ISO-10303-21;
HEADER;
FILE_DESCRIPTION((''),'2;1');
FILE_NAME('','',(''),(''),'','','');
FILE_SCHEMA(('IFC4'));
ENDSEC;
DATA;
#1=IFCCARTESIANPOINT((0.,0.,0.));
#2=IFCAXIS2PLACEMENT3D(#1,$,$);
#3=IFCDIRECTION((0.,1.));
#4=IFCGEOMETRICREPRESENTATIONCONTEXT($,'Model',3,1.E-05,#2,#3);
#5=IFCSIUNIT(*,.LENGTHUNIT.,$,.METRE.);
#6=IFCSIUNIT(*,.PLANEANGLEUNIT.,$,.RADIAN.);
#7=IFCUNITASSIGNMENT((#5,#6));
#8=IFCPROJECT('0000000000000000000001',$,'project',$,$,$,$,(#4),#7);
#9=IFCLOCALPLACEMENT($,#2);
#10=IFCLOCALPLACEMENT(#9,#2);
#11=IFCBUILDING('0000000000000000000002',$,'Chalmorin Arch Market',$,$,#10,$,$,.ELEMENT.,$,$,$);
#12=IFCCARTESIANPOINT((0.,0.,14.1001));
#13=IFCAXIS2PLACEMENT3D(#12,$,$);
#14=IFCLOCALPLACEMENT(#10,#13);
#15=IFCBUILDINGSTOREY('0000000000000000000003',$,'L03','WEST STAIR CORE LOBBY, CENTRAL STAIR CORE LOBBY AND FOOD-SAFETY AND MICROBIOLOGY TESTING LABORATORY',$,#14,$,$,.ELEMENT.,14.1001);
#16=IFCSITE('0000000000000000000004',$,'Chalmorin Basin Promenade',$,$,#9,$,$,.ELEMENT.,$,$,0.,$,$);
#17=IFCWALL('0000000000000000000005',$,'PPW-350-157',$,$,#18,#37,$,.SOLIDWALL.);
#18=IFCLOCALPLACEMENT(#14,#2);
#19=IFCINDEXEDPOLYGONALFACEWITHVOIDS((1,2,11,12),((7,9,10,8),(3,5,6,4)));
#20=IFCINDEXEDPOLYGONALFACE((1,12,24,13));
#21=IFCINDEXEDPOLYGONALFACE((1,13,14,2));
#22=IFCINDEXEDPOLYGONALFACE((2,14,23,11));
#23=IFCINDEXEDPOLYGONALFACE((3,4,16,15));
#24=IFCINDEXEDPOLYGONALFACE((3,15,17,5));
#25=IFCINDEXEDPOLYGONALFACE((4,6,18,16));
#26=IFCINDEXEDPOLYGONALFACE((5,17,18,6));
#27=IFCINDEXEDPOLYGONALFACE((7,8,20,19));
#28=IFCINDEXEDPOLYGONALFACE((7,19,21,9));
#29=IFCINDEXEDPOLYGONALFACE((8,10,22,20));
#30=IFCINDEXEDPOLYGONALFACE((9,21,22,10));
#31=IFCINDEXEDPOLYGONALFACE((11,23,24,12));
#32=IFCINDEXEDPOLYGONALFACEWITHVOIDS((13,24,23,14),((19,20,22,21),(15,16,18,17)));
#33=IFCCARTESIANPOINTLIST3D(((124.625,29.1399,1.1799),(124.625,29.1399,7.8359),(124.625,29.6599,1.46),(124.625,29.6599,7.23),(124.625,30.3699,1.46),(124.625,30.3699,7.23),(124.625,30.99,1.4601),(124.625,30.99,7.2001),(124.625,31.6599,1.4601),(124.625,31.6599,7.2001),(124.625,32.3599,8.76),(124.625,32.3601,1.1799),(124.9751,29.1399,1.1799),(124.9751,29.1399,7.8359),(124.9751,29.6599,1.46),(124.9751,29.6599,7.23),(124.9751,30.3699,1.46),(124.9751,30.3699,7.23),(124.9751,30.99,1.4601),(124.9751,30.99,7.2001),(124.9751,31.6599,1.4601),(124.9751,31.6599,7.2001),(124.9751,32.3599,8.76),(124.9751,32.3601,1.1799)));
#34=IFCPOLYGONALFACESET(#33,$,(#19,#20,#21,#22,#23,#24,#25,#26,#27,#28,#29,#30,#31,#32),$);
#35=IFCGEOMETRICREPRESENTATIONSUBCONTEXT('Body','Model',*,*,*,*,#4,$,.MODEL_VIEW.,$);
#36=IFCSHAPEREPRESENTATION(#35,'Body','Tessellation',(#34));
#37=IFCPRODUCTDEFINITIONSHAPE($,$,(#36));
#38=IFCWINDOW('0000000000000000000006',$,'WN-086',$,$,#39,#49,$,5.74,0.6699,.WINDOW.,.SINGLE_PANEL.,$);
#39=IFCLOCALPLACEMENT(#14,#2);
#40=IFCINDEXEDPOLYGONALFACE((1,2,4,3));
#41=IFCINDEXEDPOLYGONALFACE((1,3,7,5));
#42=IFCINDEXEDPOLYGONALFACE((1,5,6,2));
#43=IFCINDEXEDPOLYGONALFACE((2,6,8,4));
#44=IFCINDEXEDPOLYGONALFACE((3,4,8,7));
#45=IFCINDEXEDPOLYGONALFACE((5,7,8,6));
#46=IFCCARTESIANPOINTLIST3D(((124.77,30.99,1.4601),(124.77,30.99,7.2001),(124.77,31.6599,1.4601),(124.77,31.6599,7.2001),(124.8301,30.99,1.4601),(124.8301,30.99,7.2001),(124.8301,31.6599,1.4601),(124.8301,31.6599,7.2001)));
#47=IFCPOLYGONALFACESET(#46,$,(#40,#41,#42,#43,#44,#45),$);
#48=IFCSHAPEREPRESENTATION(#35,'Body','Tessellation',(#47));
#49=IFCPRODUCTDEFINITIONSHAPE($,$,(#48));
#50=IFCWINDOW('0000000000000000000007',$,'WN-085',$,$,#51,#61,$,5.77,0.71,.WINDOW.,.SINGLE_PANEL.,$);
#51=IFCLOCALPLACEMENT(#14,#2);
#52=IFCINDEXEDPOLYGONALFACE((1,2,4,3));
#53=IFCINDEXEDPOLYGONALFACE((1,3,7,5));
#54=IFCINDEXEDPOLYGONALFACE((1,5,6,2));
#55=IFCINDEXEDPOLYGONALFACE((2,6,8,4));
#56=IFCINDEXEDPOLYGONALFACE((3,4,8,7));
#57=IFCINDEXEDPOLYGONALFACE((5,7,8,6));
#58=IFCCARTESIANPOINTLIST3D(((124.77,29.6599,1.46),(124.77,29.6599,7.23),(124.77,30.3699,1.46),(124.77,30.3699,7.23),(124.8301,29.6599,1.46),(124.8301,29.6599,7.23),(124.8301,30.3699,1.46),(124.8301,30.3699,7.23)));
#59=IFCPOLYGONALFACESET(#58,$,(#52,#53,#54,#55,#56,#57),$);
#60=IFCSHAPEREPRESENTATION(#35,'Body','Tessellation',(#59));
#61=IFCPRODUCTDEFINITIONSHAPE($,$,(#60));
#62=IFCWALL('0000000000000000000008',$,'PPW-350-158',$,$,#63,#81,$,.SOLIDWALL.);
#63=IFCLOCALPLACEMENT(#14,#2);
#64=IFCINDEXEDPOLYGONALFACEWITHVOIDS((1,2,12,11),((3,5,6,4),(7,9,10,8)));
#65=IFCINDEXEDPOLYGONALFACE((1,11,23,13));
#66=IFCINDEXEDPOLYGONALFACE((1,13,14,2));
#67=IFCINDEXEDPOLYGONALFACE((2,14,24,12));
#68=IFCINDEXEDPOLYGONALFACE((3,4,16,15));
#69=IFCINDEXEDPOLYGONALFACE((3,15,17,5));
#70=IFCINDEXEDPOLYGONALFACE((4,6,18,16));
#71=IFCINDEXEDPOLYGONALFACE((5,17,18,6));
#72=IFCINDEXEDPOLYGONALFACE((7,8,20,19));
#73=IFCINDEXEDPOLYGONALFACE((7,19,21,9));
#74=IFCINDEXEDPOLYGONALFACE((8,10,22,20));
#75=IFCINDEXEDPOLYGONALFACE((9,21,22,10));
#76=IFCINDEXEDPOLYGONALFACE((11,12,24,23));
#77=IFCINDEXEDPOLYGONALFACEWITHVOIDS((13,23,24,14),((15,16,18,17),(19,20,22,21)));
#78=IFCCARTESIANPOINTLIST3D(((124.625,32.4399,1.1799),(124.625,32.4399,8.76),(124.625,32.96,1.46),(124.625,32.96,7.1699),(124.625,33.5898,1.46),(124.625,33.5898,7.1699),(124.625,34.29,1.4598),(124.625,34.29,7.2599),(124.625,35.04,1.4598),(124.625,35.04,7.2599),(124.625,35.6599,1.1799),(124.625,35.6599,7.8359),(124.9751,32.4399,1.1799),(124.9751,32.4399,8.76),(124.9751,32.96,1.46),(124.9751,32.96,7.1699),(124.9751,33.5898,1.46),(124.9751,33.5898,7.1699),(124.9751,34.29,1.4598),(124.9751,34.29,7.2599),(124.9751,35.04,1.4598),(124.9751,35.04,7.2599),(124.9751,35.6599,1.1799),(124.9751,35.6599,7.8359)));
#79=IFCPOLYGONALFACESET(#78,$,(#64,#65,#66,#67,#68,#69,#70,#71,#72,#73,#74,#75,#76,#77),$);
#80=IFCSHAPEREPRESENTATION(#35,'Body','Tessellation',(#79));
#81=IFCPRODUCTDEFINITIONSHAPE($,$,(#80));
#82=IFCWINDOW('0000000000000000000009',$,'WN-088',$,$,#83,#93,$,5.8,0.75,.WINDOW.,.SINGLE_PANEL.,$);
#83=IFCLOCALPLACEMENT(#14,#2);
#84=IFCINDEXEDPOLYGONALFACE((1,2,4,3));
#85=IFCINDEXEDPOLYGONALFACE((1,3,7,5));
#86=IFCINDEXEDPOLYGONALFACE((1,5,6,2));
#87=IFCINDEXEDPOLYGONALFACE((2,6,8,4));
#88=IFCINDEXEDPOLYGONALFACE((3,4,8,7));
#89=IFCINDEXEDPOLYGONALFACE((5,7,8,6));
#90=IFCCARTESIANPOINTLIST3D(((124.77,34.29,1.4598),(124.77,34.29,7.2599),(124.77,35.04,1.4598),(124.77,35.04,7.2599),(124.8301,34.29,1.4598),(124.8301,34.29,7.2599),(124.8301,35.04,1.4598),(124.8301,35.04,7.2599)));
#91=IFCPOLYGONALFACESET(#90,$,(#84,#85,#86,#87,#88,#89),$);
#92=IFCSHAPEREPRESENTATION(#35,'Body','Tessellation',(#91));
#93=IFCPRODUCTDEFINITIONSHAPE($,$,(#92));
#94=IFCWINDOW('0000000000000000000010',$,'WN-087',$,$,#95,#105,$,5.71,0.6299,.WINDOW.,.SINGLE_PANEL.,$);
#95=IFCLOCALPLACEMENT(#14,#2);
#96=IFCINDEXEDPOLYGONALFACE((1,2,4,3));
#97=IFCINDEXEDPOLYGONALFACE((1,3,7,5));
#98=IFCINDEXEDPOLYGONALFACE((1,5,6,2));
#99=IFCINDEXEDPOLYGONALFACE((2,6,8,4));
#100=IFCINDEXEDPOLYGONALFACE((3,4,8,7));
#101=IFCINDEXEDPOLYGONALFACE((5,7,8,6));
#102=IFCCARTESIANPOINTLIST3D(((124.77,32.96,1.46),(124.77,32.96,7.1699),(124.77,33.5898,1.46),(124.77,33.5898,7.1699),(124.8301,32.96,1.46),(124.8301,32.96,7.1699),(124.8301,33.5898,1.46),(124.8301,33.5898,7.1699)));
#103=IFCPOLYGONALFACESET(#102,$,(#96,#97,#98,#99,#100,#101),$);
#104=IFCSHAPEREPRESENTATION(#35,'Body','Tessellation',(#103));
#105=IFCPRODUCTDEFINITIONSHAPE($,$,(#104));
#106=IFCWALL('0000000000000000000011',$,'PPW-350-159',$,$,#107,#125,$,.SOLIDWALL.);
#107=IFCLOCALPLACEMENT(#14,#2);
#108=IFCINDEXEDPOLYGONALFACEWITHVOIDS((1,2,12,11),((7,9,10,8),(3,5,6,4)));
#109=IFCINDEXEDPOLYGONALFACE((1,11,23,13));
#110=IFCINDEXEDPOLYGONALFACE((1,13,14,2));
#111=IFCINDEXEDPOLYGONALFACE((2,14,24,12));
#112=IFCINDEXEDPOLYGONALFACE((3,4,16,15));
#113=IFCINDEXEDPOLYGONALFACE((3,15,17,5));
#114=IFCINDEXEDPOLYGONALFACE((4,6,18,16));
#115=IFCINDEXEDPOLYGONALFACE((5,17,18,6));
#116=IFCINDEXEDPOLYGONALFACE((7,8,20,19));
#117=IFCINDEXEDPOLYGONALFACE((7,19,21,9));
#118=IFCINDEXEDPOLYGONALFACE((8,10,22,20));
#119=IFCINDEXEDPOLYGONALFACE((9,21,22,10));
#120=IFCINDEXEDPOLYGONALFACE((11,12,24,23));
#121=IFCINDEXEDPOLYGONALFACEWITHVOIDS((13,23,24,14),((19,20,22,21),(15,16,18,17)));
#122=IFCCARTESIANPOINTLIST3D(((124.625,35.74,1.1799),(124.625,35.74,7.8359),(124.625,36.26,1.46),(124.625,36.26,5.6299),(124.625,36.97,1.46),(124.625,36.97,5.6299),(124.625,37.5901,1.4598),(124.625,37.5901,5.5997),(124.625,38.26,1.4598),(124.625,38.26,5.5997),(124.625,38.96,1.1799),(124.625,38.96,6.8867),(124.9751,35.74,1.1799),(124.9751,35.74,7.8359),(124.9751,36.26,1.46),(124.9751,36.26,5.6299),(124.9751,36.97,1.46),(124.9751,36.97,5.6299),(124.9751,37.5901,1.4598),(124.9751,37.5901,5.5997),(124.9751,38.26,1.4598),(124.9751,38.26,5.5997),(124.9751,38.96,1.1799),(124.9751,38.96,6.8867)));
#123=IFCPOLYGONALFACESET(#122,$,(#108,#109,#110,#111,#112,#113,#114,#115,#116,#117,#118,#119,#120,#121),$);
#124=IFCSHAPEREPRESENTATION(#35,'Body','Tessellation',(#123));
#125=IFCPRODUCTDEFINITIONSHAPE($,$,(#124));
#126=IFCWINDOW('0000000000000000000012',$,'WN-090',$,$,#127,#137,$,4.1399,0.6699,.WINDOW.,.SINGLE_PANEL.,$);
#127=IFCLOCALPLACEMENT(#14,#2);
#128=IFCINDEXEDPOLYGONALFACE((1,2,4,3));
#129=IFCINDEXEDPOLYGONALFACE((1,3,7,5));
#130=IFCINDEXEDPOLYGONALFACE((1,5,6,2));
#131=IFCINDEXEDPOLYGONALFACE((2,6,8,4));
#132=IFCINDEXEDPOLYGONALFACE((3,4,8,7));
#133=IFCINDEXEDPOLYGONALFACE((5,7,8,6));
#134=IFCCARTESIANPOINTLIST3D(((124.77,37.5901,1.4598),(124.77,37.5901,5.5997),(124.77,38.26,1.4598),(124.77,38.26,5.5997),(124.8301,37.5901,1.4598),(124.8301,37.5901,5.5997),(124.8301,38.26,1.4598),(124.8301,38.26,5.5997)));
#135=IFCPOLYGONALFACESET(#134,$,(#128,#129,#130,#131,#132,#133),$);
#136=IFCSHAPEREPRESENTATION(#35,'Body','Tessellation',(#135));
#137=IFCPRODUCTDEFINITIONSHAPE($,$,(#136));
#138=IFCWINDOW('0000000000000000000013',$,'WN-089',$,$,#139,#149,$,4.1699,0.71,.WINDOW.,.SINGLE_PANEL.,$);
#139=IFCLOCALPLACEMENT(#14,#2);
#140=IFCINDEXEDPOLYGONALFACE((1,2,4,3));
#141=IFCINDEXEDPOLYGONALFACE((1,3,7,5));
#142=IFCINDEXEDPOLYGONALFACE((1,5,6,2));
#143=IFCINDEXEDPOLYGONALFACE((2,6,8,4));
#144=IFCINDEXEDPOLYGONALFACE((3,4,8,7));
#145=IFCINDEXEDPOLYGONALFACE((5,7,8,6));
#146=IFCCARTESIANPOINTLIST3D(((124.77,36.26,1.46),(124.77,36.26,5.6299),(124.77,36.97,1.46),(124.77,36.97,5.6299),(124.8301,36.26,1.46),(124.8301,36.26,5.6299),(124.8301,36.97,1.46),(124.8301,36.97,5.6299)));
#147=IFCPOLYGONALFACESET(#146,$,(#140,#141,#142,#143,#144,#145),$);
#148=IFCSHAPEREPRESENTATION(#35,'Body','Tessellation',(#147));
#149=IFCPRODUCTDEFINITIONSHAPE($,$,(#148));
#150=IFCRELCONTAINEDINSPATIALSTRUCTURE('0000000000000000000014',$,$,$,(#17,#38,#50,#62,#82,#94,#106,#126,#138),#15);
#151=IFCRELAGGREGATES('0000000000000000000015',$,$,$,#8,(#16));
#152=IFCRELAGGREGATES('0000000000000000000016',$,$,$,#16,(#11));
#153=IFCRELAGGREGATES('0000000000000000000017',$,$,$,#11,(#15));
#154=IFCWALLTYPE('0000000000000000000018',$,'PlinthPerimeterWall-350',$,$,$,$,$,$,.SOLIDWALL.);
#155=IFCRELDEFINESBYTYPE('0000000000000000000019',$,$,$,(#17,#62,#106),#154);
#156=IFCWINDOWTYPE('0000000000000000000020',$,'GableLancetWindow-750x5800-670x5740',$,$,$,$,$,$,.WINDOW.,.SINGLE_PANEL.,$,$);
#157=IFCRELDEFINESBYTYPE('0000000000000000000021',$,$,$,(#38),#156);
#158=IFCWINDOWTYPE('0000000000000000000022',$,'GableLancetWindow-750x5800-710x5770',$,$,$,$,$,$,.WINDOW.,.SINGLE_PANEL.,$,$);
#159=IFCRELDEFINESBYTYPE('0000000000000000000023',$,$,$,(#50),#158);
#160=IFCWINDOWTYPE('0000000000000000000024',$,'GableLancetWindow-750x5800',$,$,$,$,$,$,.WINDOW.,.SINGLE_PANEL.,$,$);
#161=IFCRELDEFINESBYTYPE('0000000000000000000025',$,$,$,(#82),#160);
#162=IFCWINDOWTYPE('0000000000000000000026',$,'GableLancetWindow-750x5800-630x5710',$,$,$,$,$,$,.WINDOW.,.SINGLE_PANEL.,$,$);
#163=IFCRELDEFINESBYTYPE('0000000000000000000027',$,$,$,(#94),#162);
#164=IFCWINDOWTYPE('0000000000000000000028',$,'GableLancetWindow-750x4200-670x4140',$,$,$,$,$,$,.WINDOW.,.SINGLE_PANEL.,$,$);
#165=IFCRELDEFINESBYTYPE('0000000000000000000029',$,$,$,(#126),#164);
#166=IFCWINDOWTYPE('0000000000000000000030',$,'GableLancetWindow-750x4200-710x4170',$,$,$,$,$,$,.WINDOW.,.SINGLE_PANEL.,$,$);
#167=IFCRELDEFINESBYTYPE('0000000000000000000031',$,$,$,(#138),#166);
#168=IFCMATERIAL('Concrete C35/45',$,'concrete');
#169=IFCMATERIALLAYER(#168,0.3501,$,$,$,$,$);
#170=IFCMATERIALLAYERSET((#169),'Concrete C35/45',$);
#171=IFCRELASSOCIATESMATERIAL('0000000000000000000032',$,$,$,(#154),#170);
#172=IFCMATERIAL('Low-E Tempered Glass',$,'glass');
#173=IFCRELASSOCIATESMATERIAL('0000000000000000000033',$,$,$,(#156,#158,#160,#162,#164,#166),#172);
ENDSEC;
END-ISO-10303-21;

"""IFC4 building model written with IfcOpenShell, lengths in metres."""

from ifc_helpers import new_model, si_unit, direction, frame, frame_2d, origin, place, context, subcontext, project, spatial, polyline, rectangle, outline, extrude, material, layer, layer_set, type_object, element, fill, save


model = new_model("IFC4")

# Units and contexts
model_context = context("Model", 3, precision=1e-05, world=origin(), true_north=direction((0.0, 1.0)))
body_context = subcontext(model_context, "Body", "Model", "MODEL_VIEW")
ifc_project = project(units=[si_unit("LENGTHUNIT", "METRE"), si_unit("PLANEANGLEUNIT", "RADIAN")], contexts=[model_context])

# Site, building, storey
site_placement = place(None, origin())
site = spatial("IfcSite", under=ifc_project, at=site_placement, Name="Chalmorin Basin Promenade", CompositionType="ELEMENT", RefElevation=0.0)
building_placement = place(site_placement, origin())
building = spatial("IfcBuilding", under=site, at=building_placement, Name="Chalmorin Arch Market", CompositionType="ELEMENT")
storey_placement = place(building_placement, frame((0.0, 0.0, 14.1001)))
storey = spatial("IfcBuildingStorey", under=building, at=storey_placement, Name="L03", Description="WEST STAIR CORE LOBBY, CENTRAL STAIR CORE LOBBY AND FOOD-SAFETY AND MICROBIOLOGY TESTING LABORATORY", CompositionType="ELEMENT", Elevation=14.1001)

# Walls, openings, windows
ifc_material_1 = material(Name="Concrete C35/45", Category="concrete")
ifc_layer_1 = layer(ifc_material_1, 0.3501)
ifc_layer_set_1 = layer_set([ifc_layer_1], Name="Concrete C35/45")
wall_type = type_object("IfcWallType", Name="PlinthPerimeterWall-350", PredefinedType="SOLIDWALL", material=ifc_layer_set_1)
ifc_material_2 = material(Name="Low-E Tempered Glass", Category="glass")
wall_1_placement = place(storey_placement, frame((124.8, 29.1399, 1.1799), z_axis=(0.0, 0.0, 1.0), x_axis=(0.0, 1.0, 0.0)))
wall_1 = element("IfcWall", 1, at=wall_1_placement, inside=storey, type_object=wall_type, Name="PPW-350-157", PredefinedType="SOLIDWALL", context=body_context, shape_type="SweptSolid", body=[
    extrude(outline(polyline([(0.0, 0.0), (3.2202, 0.0), (3.22, 7.5801), (0.0, 6.656), (0.0, 0.0)])), frame((0.0, 0.175, 0.0), z_axis=(0.0, -1.0, 0.0), x_axis=(1.0, 0.0, 0.0)), (0.0, 0.0, 1.0), 0.3501),
])
opening_1_placement = place(wall_1_placement, frame((0.52, 0.0, 0.28)))
opening_1 = element("IfcOpeningElement", 2, at=opening_1_placement, cuts=wall_1, PredefinedType="OPENING", context=body_context, shape_type="SweptSolid", body=[
    extrude(rectangle(XDim=0.71, YDim=5.77, at=frame_2d((0.355, 2.885))), frame((0.0, 0.1851, 0.0), z_axis=(0.0, -1.0, 0.0), x_axis=(1.0, 0.0, 0.0)), (0.0, 0.0, 1.0), 0.3701),
])
opening_2_placement = place(wall_1_placement, frame((1.8501, 0.0, 0.28)))
opening_2 = element("IfcOpeningElement", 3, at=opening_2_placement, cuts=wall_1, PredefinedType="OPENING", context=body_context, shape_type="SweptSolid", body=[
    extrude(rectangle(XDim=0.6699, YDim=5.74, at=frame_2d((0.335, 2.8701))), frame((0.0, 0.1851, 0.0), z_axis=(0.0, -1.0, 0.0), x_axis=(1.0, 0.0, 0.0)), (0.0, 0.0, 1.0), 0.3701),
])
window_type_1 = type_object("IfcWindowType", Name="GableLancetWindow-750x5800-670x5740", PartitioningType="SINGLE_PANEL", PredefinedType="WINDOW", material=ifc_material_2)
window_1_placement = place(opening_2_placement, origin())
window_1 = element("IfcWindow", 4, at=window_1_placement, inside=storey, type_object=window_type_1, Name="WN-086", OverallHeight=5.74, OverallWidth=0.6699, PartitioningType="SINGLE_PANEL", PredefinedType="WINDOW", context=body_context, shape_type="SweptSolid", body=[
    extrude(rectangle(XDim=0.6699, YDim=5.74, at=frame_2d((0.335, 2.8701))), frame((0.0, 0.03, 0.0), z_axis=(0.0, -1.0, 0.0), x_axis=(1.0, 0.0, 0.0)), (0.0, 0.0, 1.0), 0.0601),
])
fill(opening_2, window_1)
window_type_2 = type_object("IfcWindowType", Name="GableLancetWindow-750x5800-710x5770", PartitioningType="SINGLE_PANEL", PredefinedType="WINDOW", material=ifc_material_2)
window_2_placement = place(opening_1_placement, origin())
window_2 = element("IfcWindow", 5, at=window_2_placement, inside=storey, type_object=window_type_2, Name="WN-085", OverallHeight=5.77, OverallWidth=0.71, PartitioningType="SINGLE_PANEL", PredefinedType="WINDOW", context=body_context, shape_type="SweptSolid", body=[
    extrude(rectangle(XDim=0.71, YDim=5.77, at=frame_2d((0.355, 2.885))), frame((0.0, 0.03, 0.0), z_axis=(0.0, -1.0, 0.0), x_axis=(1.0, 0.0, 0.0)), (0.0, 0.0, 1.0), 0.0601),
])
fill(opening_1, window_2)
wall_2_placement = place(storey_placement, frame((124.8, 32.4399, 1.1799), z_axis=(0.0, 0.0, 1.0), x_axis=(0.0, 1.0, 0.0)))
wall_2 = element("IfcWall", 6, at=wall_2_placement, inside=storey, type_object=wall_type, Name="PPW-350-158", PredefinedType="SOLIDWALL", context=body_context, shape_type="SweptSolid", body=[
    extrude(outline(polyline([(0.0, 0.0), (3.22, 0.0), (3.22, 6.656), (0.0, 7.5801), (0.0, 0.0)])), frame((0.0, 0.175, 0.0), z_axis=(0.0, -1.0, 0.0), x_axis=(1.0, 0.0, 0.0)), (0.0, 0.0, 1.0), 0.3501),
])
opening_3_placement = place(wall_2_placement, frame((0.52, 0.0, 0.28)))
opening_3 = element("IfcOpeningElement", 7, at=opening_3_placement, cuts=wall_2, PredefinedType="OPENING", context=body_context, shape_type="SweptSolid", body=[
    extrude(rectangle(XDim=0.6299, YDim=5.71, at=frame_2d((0.3149, 2.855))), frame((0.0, 0.1851, 0.0), z_axis=(0.0, -1.0, 0.0), x_axis=(1.0, 0.0, 0.0)), (0.0, 0.0, 1.0), 0.3701),
])
opening_4_placement = place(wall_2_placement, frame((1.8501, 0.0, 0.28)))
opening_4 = element("IfcOpeningElement", 8, at=opening_4_placement, cuts=wall_2, PredefinedType="OPENING", context=body_context, shape_type="SweptSolid", body=[
    extrude(rectangle(XDim=0.75, YDim=5.8, at=frame_2d((0.375, 2.8999))), frame((0.0, 0.1851, 0.0), z_axis=(0.0, -1.0, 0.0), x_axis=(1.0, 0.0, 0.0)), (0.0, 0.0, 1.0), 0.3701),
])
window_type_3 = type_object("IfcWindowType", Name="GableLancetWindow-750x5800", PartitioningType="SINGLE_PANEL", PredefinedType="WINDOW", material=ifc_material_2)
window_3_placement = place(opening_4_placement, origin())
window_3 = element("IfcWindow", 9, at=window_3_placement, inside=storey, type_object=window_type_3, Name="WN-088", OverallHeight=5.8, OverallWidth=0.75, PartitioningType="SINGLE_PANEL", PredefinedType="WINDOW", context=body_context, shape_type="SweptSolid", body=[
    extrude(rectangle(XDim=0.75, YDim=5.8, at=frame_2d((0.375, 2.8999))), frame((0.0, 0.03, 0.0), z_axis=(0.0, -1.0, 0.0), x_axis=(1.0, 0.0, 0.0)), (0.0, 0.0, 1.0), 0.0601),
])
fill(opening_4, window_3)
window_type_4 = type_object("IfcWindowType", Name="GableLancetWindow-750x5800-630x5710", PartitioningType="SINGLE_PANEL", PredefinedType="WINDOW", material=ifc_material_2)
window_4_placement = place(opening_3_placement, origin())
window_4 = element("IfcWindow", 10, at=window_4_placement, inside=storey, type_object=window_type_4, Name="WN-087", OverallHeight=5.71, OverallWidth=0.6299, PartitioningType="SINGLE_PANEL", PredefinedType="WINDOW", context=body_context, shape_type="SweptSolid", body=[
    extrude(rectangle(XDim=0.6299, YDim=5.71, at=frame_2d((0.3149, 2.855))), frame((0.0, 0.03, 0.0), z_axis=(0.0, -1.0, 0.0), x_axis=(1.0, 0.0, 0.0)), (0.0, 0.0, 1.0), 0.0601),
])
fill(opening_3, window_4)
wall_3_placement = place(storey_placement, frame((124.8, 35.74, 1.1799), z_axis=(0.0, 0.0, 1.0), x_axis=(0.0, 1.0, 0.0)))
wall_3 = element("IfcWall", 11, at=wall_3_placement, inside=storey, type_object=wall_type, Name="PPW-350-159", PredefinedType="SOLIDWALL", context=body_context, shape_type="SweptSolid", body=[
    extrude(outline(polyline([(0.0, 0.0), (3.22, 0.0), (3.22, 5.7068), (0.0, 6.656), (0.0, 0.0)])), frame((0.0, 0.175, 0.0), z_axis=(0.0, -1.0, 0.0), x_axis=(1.0, 0.0, 0.0)), (0.0, 0.0, 1.0), 0.3501),
])
opening_5_placement = place(wall_3_placement, frame((0.52, 0.0, 0.28)))
opening_5 = element("IfcOpeningElement", 12, at=opening_5_placement, cuts=wall_3, PredefinedType="OPENING", context=body_context, shape_type="SweptSolid", body=[
    extrude(rectangle(XDim=0.71, YDim=4.1699, at=frame_2d((0.355, 2.085))), frame((0.0, 0.1851, 0.0), z_axis=(0.0, -1.0, 0.0), x_axis=(1.0, 0.0, 0.0)), (0.0, 0.0, 1.0), 0.3701),
])
opening_6_placement = place(wall_3_placement, frame((1.8501, 0.0, 0.28)))
opening_6 = element("IfcOpeningElement", 13, at=opening_6_placement, cuts=wall_3, PredefinedType="OPENING", context=body_context, shape_type="SweptSolid", body=[
    extrude(rectangle(XDim=0.6699, YDim=4.1399, at=frame_2d((0.335, 2.0698))), frame((0.0, 0.1851, 0.0), z_axis=(0.0, -1.0, 0.0), x_axis=(1.0, 0.0, 0.0)), (0.0, 0.0, 1.0), 0.3701),
])
window_type_5 = type_object("IfcWindowType", Name="GableLancetWindow-750x4200-670x4140", PartitioningType="SINGLE_PANEL", PredefinedType="WINDOW", material=ifc_material_2)
window_5_placement = place(opening_6_placement, origin())
window_5 = element("IfcWindow", 14, at=window_5_placement, inside=storey, type_object=window_type_5, Name="WN-090", OverallHeight=4.1399, OverallWidth=0.6699, PartitioningType="SINGLE_PANEL", PredefinedType="WINDOW", context=body_context, shape_type="SweptSolid", body=[
    extrude(rectangle(XDim=0.6699, YDim=4.1399, at=frame_2d((0.335, 2.0698))), frame((0.0, 0.03, 0.0), z_axis=(0.0, -1.0, 0.0), x_axis=(1.0, 0.0, 0.0)), (0.0, 0.0, 1.0), 0.0601),
])
fill(opening_6, window_5)
window_type_6 = type_object("IfcWindowType", Name="GableLancetWindow-750x4200-710x4170", PartitioningType="SINGLE_PANEL", PredefinedType="WINDOW", material=ifc_material_2)
window_6_placement = place(opening_5_placement, origin())
window_6 = element("IfcWindow", 15, at=window_6_placement, inside=storey, type_object=window_type_6, Name="WN-089", OverallHeight=4.1699, OverallWidth=0.71, PartitioningType="SINGLE_PANEL", PredefinedType="WINDOW", context=body_context, shape_type="SweptSolid", body=[
    extrude(rectangle(XDim=0.71, YDim=4.1699, at=frame_2d((0.355, 2.085))), frame((0.0, 0.03, 0.0), z_axis=(0.0, -1.0, 0.0), x_axis=(1.0, 0.0, 0.0)), (0.0, 0.0, 1.0), 0.0601),
])
fill(opening_5, window_6)

save(model, "model.ifc")
